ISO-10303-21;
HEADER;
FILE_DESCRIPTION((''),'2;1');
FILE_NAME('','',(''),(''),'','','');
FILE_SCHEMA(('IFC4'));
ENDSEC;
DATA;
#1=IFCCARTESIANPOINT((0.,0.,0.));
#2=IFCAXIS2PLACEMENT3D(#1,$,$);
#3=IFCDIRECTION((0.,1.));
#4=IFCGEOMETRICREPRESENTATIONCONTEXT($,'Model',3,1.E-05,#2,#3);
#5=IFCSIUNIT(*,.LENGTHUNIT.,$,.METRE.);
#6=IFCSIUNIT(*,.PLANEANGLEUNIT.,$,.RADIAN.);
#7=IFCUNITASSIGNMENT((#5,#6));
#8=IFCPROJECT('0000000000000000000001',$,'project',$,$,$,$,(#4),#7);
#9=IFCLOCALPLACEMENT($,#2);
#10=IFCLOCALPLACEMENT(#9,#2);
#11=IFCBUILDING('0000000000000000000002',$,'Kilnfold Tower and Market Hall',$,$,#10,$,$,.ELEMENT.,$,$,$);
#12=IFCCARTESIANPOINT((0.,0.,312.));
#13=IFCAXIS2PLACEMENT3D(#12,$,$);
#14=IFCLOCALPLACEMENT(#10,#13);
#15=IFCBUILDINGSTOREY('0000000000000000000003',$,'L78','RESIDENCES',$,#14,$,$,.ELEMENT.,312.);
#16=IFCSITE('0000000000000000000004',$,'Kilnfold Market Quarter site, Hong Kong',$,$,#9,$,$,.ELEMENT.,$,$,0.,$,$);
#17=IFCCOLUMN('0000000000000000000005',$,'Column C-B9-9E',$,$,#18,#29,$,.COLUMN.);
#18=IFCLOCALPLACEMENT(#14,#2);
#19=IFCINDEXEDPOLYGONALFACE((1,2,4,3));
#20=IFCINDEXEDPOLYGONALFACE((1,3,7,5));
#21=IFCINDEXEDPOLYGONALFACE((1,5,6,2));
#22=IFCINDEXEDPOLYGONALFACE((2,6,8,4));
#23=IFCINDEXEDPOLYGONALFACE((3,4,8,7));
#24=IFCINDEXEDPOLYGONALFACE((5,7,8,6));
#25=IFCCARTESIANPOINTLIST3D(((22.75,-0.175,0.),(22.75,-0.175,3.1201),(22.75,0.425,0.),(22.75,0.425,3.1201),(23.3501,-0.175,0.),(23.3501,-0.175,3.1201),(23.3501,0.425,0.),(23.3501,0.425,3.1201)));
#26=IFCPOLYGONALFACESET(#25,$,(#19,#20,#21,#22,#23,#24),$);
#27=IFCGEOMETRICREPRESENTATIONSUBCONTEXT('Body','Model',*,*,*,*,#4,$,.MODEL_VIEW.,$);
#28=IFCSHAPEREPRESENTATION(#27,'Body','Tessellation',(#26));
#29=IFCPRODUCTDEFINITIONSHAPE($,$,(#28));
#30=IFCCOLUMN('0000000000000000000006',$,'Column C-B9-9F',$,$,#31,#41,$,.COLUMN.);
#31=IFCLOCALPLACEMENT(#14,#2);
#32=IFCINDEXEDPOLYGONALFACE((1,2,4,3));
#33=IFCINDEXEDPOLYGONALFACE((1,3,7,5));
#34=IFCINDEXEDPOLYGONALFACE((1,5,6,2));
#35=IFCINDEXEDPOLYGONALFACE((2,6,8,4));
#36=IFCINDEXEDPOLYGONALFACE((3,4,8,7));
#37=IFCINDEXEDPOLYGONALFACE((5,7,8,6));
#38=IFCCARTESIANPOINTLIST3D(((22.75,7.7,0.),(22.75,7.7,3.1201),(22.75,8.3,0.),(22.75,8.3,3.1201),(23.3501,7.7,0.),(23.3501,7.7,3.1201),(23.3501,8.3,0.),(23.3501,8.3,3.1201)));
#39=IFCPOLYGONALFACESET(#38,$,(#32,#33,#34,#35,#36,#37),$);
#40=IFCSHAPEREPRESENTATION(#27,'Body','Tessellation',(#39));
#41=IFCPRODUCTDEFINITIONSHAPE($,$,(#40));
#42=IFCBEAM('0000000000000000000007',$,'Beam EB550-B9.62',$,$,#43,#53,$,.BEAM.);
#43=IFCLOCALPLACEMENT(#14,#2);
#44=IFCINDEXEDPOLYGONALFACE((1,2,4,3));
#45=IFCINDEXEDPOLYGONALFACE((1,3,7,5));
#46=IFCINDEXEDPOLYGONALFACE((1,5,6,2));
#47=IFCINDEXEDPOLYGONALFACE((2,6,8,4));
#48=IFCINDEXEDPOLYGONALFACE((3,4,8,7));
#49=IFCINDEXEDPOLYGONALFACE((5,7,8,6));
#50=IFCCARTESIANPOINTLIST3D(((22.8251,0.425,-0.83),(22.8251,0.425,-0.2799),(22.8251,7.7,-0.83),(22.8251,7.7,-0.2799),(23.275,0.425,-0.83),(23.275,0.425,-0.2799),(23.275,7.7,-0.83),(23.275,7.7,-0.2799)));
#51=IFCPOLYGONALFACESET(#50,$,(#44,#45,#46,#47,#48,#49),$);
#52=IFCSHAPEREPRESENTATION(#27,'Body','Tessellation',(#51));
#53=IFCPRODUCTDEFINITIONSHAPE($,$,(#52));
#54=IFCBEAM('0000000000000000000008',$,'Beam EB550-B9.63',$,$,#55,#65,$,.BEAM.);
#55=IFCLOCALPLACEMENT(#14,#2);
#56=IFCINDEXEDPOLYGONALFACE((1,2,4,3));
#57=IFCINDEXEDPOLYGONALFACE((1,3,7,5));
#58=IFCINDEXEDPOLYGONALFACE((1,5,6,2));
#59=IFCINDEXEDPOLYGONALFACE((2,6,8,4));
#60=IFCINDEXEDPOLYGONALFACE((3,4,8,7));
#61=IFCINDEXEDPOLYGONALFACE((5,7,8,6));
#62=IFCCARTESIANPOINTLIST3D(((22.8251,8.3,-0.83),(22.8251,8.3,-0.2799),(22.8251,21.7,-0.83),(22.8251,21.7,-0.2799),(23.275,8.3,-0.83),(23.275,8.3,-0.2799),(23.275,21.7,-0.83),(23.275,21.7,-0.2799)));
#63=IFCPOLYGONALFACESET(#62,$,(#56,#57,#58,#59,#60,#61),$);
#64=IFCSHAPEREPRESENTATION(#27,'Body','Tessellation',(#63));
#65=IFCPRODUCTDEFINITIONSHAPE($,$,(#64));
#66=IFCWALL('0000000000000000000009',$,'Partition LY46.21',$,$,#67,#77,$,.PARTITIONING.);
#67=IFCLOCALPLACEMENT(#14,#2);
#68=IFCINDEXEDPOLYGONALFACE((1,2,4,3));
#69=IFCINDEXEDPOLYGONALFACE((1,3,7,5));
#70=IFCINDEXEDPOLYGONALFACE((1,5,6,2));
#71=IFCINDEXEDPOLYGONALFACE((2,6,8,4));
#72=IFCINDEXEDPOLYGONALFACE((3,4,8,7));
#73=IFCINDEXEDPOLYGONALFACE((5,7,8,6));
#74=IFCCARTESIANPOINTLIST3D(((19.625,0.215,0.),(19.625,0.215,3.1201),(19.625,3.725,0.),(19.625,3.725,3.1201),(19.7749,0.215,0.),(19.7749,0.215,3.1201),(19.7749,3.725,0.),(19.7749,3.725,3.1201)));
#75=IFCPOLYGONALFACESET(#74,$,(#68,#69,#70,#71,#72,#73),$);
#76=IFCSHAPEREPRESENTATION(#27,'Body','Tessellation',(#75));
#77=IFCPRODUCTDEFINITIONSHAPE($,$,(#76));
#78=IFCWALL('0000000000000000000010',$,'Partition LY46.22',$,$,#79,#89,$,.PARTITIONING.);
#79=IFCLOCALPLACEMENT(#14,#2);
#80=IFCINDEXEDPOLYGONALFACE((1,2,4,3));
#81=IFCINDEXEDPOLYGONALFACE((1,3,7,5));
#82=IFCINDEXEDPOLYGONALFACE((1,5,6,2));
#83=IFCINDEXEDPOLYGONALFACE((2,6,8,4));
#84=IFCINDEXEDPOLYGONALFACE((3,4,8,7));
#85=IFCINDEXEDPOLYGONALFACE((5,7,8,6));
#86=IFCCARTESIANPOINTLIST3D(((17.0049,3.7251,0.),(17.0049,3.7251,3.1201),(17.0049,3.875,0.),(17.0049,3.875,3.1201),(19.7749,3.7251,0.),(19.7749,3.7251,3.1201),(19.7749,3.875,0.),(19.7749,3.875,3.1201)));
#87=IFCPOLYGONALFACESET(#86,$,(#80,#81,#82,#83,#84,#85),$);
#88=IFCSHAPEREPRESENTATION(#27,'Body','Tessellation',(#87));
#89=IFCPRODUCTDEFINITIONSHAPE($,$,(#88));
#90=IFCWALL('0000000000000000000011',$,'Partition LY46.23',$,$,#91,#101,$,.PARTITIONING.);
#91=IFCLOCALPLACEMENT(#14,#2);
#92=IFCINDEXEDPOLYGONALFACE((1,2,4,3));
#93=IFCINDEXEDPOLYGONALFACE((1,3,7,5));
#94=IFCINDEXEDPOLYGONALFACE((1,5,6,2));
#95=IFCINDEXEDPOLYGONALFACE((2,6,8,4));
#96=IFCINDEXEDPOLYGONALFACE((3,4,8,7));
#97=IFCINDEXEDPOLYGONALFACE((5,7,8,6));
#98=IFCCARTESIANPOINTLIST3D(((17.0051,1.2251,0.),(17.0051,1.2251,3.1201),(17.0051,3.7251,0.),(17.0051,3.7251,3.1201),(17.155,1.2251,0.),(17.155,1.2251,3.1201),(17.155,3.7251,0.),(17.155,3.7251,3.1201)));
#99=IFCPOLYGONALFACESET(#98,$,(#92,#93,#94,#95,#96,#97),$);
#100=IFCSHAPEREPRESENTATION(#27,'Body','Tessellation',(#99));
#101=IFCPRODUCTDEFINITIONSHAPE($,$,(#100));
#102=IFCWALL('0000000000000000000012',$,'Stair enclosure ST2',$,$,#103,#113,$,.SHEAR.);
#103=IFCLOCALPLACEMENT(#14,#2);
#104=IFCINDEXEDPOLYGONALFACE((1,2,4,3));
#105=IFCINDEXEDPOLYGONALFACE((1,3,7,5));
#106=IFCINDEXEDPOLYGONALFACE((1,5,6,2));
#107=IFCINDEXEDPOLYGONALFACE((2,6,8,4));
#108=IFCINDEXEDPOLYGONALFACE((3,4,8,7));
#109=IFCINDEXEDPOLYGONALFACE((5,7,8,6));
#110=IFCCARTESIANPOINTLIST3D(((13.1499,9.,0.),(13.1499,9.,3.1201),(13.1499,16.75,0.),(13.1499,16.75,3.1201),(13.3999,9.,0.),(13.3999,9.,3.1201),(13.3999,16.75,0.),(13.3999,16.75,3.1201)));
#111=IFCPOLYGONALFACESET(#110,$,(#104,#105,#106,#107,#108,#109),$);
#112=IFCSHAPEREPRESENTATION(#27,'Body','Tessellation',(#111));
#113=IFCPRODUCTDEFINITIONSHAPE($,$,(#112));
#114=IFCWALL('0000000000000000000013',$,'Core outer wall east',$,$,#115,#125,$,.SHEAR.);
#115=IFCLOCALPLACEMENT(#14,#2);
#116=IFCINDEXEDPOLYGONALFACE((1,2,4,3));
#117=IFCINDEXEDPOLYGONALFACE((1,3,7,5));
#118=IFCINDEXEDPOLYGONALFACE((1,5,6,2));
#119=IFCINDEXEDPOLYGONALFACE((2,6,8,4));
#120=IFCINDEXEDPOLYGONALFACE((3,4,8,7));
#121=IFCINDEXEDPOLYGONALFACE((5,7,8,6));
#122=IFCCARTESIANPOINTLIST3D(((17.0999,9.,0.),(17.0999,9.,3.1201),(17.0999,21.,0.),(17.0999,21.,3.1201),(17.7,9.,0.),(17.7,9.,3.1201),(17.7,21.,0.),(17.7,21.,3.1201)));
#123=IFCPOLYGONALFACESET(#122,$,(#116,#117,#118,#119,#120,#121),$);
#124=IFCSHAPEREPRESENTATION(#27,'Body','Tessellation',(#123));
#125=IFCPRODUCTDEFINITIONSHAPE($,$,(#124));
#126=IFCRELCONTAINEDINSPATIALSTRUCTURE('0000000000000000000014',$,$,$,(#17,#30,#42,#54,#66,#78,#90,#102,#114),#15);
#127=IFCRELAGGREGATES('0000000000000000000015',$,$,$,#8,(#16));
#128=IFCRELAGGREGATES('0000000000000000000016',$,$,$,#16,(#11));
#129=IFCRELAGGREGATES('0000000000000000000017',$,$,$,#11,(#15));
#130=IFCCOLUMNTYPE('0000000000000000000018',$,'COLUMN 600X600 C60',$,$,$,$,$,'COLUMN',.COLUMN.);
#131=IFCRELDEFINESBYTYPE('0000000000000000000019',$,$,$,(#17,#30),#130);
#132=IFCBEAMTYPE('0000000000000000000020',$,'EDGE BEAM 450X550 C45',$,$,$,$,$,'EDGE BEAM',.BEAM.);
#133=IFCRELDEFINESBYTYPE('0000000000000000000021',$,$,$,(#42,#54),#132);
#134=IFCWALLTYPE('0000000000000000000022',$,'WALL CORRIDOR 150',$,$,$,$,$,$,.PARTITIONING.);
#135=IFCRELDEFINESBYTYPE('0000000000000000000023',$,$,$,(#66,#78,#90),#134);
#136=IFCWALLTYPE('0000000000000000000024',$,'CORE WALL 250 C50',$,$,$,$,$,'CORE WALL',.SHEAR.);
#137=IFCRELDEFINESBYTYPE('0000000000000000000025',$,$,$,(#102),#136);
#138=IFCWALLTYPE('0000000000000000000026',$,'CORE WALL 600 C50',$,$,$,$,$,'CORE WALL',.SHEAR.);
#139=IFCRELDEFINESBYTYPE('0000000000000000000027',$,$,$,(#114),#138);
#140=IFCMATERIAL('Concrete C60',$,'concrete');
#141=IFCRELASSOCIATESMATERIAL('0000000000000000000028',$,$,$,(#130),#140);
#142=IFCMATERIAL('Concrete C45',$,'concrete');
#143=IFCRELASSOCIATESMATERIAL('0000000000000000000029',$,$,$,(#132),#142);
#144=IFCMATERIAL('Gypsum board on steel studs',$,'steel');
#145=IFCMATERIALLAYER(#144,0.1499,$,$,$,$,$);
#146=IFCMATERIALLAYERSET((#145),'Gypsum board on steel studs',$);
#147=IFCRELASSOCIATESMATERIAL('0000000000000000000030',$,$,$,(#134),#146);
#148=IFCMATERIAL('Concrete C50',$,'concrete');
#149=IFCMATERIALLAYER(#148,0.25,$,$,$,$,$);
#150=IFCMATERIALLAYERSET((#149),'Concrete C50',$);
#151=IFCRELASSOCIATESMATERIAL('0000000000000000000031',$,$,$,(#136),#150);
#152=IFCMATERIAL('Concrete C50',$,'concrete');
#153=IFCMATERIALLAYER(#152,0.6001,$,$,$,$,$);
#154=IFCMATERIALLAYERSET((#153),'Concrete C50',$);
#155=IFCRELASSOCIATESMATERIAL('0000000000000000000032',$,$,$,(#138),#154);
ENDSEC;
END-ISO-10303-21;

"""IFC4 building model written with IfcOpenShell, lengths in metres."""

from ifc_helpers import new_model, si_unit, direction, frame, frame_2d, origin, origin_2d, place, context, subcontext, project, spatial, rectangle, extrude, source, transform, mapped, material, layer, layer_set, material_profile, profile_set, type_object, element, save


model = new_model("IFC4")

# Units and contexts
model_context = context("Model", 3, precision=1e-05, world=origin(), true_north=direction((0.0, 1.0)))
body_context = subcontext(model_context, "Body", "Model", "MODEL_VIEW")
ifc_project = project(units=[si_unit("LENGTHUNIT", "METRE"), si_unit("PLANEANGLEUNIT", "RADIAN")], contexts=[model_context])

# Site, building, storey
site_placement = place(None, origin())
site = spatial("IfcSite", under=ifc_project, at=site_placement, Name="Kilnfold Market Quarter site, Hong Kong", CompositionType="ELEMENT", RefElevation=0.0)
building_placement = place(site_placement, origin())
building = spatial("IfcBuilding", under=site, at=building_placement, Name="Kilnfold Tower and Market Hall", CompositionType="ELEMENT")
storey_placement = place(building_placement, frame((0.0, 0.0, 312.0)))
storey = spatial("IfcBuildingStorey", under=building, at=storey_placement, Name="L78", Description="RESIDENCES", CompositionType="ELEMENT", Elevation=312.0)

# Columns
ifc_material_1 = material(Name="Concrete C60", Category="concrete")
ifc_material_profile_1 = material_profile(ifc_material_1, rectangle(XDim=0.6001, YDim=0.6001, at=origin_2d()), Name="RC 600x600")
ifc_profile_set_1 = profile_set([ifc_material_profile_1], Name="Concrete C60")
column_type = type_object("IfcColumnType", Name="COLUMN 600X600 C60", ElementType="COLUMN", PredefinedType="COLUMN", material=ifc_profile_set_1)
shared_shape_1 = source(origin(), body_context, "Body", "SweptSolid", [
    extrude(rectangle(XDim=0.6001, YDim=0.6001, at=origin_2d()), origin(), (0.0, 0.0, 1.0), 3.1201),
])
for number, where, z_axis, x_axis, name in (
    (1, (23.05, 0.125, 0.0), (0.0, 0.0, 1.0), (1.0, 0.0, 0.0), "Column C-B9-9E"),
    (2, (23.05, 8.0, 0.0), (0.0, 0.0, 1.0), (1.0, 0.0, 0.0), "Column C-B9-9F"),
):
    element("IfcColumn", number, at=place(storey_placement, frame(where, z_axis=z_axis, x_axis=x_axis)), inside=storey, type_object=column_type, Name=name, PredefinedType="COLUMN", context=body_context, shape_type="MappedRepresentation", body=[
        mapped(shared_shape_1, transform((0.0, 0.0, 0.0))),
    ])

# Beams
ifc_material_2 = material(Name="Concrete C45", Category="concrete")
ifc_material_profile_2 = material_profile(ifc_material_2, rectangle(XDim=0.45, YDim=0.55, at=origin_2d()), Name="RC 450x550")
ifc_profile_set_2 = profile_set([ifc_material_profile_2], Name="Concrete C45")
beam_type = type_object("IfcBeamType", Name="EDGE BEAM 450X550 C45", ElementType="EDGE BEAM", PredefinedType="BEAM", material=ifc_profile_set_2)
shared_shape_2 = source(origin(), body_context, "Body", "SweptSolid", [
    extrude(rectangle(XDim=0.45, YDim=0.55, at=origin_2d()), origin(), (0.0, 0.0, 1.0), 7.2749),
])
beam_1_placement = place(storey_placement, frame((23.05, 0.425, -0.5549), z_axis=(0.0, 1.0, 0.0), x_axis=(-1.0, 0.0, 0.0)))
element("IfcBeam", 3, at=beam_1_placement, inside=storey, type_object=beam_type, Name="Beam EB550-B9.62", PredefinedType="BEAM", context=body_context, shape_type="MappedRepresentation", body=[
    mapped(shared_shape_2, transform((0.0, 0.0, 0.0))),
])
shared_shape_3 = source(origin(), body_context, "Body", "SweptSolid", [
    extrude(rectangle(XDim=0.45, YDim=0.55, at=origin_2d()), origin(), (0.0, 0.0, 1.0), 13.3999),
])
beam_2_placement = place(storey_placement, frame((23.05, 8.3, -0.5549), z_axis=(0.0, 1.0, 0.0), x_axis=(-1.0, 0.0, 0.0)))
element("IfcBeam", 4, at=beam_2_placement, inside=storey, type_object=beam_type, Name="Beam EB550-B9.63", PredefinedType="BEAM", context=body_context, shape_type="MappedRepresentation", body=[
    mapped(shared_shape_3, transform((0.0, 0.0, 0.0))),
])

# Walls
ifc_material_3 = material(Name="Gypsum board on steel studs", Category="steel")
ifc_layer_1 = layer(ifc_material_3, 0.1499)
ifc_layer_set_1 = layer_set([ifc_layer_1], Name="Gypsum board on steel studs")
wall_type_1 = type_object("IfcWallType", Name="WALL CORRIDOR 150", PredefinedType="PARTITIONING", material=ifc_layer_set_1)
wall_1_placement = place(storey_placement, frame((19.7, 0.2151, 0.0), z_axis=(0.0, 0.0, 1.0), x_axis=(0.0, 1.0, 0.0)))
element("IfcWall", 5, at=wall_1_placement, inside=storey, type_object=wall_type_1, Name="Partition LY46.21", PredefinedType="PARTITIONING", context=body_context, shape_type="SweptSolid", body=[
    extrude(rectangle(XDim=3.51, YDim=0.1499, at=frame_2d((1.7549, 0.0))), origin(), (0.0, 0.0, 1.0), 3.1201),
])
wall_2_placement = place(storey_placement, frame((17.0049, 3.8, 0.0), z_axis=(0.0, 0.0, 1.0), x_axis=(1.0, 0.0, 0.0)))
element("IfcWall", 6, at=wall_2_placement, inside=storey, type_object=wall_type_1, Name="Partition LY46.22", PredefinedType="PARTITIONING", context=body_context, shape_type="SweptSolid", body=[
    extrude(rectangle(XDim=2.77, YDim=0.1499, at=frame_2d((1.385, 0.0))), origin(), (0.0, 0.0, 1.0), 3.1201),
])
wall_3_placement = place(storey_placement, frame((17.0801, 1.2251, 0.0), z_axis=(0.0, 0.0, 1.0), x_axis=(0.0, 1.0, 0.0)))
element("IfcWall", 7, at=wall_3_placement, inside=storey, type_object=wall_type_1, Name="Partition LY46.23", PredefinedType="PARTITIONING", context=body_context, shape_type="SweptSolid", body=[
    extrude(rectangle(XDim=2.5, YDim=0.1499, at=frame_2d((1.25, 0.0))), origin(), (0.0, 0.0, 1.0), 3.1201),
])
ifc_material_4 = material(Name="Concrete C50", Category="concrete")
ifc_layer_2 = layer(ifc_material_4, 0.25)
ifc_layer_set_2 = layer_set([ifc_layer_2], Name="Concrete C50")
wall_type_2 = type_object("IfcWallType", Name="CORE WALL 250 C50", ElementType="CORE WALL", PredefinedType="SHEAR", material=ifc_layer_set_2)
shared_shape_4 = source(origin(), body_context, "Body", "SweptSolid", [
    extrude(rectangle(XDim=7.75, YDim=0.25, at=frame_2d((3.875, 0.0))), origin(), (0.0, 0.0, 1.0), 3.1201),
])
wall_4_placement = place(storey_placement, frame((13.2749, 9.0, 0.0), z_axis=(0.0, 0.0, 1.0), x_axis=(0.0, 1.0, 0.0)))
element("IfcWall", 8, at=wall_4_placement, inside=storey, type_object=wall_type_2, Name="Stair enclosure ST2", PredefinedType="SHEAR", context=body_context, shape_type="MappedRepresentation", body=[
    mapped(shared_shape_4, transform((0.0, 0.0, 0.0))),
])
ifc_material_5 = material(Name="Concrete C50", Category="concrete")
ifc_layer_3 = layer(ifc_material_5, 0.6001)
ifc_layer_set_3 = layer_set([ifc_layer_3], Name="Concrete C50")
wall_type_3 = type_object("IfcWallType", Name="CORE WALL 600 C50", ElementType="CORE WALL", PredefinedType="SHEAR", material=ifc_layer_set_3)
shared_shape_5 = source(origin(), body_context, "Body", "SweptSolid", [
    extrude(rectangle(XDim=12.0, YDim=0.6001, at=frame_2d((6.0, 0.0))), origin(), (0.0, 0.0, 1.0), 3.1201),
])
wall_5_placement = place(storey_placement, frame((17.3999, 9.0, 0.0), z_axis=(0.0, 0.0, 1.0), x_axis=(0.0, 1.0, 0.0)))
element("IfcWall", 9, at=wall_5_placement, inside=storey, type_object=wall_type_3, Name="Core outer wall east", PredefinedType="SHEAR", context=body_context, shape_type="MappedRepresentation", body=[
    mapped(shared_shape_5, transform((0.0, 0.0, 0.0))),
])

save(model, "model.ifc")
